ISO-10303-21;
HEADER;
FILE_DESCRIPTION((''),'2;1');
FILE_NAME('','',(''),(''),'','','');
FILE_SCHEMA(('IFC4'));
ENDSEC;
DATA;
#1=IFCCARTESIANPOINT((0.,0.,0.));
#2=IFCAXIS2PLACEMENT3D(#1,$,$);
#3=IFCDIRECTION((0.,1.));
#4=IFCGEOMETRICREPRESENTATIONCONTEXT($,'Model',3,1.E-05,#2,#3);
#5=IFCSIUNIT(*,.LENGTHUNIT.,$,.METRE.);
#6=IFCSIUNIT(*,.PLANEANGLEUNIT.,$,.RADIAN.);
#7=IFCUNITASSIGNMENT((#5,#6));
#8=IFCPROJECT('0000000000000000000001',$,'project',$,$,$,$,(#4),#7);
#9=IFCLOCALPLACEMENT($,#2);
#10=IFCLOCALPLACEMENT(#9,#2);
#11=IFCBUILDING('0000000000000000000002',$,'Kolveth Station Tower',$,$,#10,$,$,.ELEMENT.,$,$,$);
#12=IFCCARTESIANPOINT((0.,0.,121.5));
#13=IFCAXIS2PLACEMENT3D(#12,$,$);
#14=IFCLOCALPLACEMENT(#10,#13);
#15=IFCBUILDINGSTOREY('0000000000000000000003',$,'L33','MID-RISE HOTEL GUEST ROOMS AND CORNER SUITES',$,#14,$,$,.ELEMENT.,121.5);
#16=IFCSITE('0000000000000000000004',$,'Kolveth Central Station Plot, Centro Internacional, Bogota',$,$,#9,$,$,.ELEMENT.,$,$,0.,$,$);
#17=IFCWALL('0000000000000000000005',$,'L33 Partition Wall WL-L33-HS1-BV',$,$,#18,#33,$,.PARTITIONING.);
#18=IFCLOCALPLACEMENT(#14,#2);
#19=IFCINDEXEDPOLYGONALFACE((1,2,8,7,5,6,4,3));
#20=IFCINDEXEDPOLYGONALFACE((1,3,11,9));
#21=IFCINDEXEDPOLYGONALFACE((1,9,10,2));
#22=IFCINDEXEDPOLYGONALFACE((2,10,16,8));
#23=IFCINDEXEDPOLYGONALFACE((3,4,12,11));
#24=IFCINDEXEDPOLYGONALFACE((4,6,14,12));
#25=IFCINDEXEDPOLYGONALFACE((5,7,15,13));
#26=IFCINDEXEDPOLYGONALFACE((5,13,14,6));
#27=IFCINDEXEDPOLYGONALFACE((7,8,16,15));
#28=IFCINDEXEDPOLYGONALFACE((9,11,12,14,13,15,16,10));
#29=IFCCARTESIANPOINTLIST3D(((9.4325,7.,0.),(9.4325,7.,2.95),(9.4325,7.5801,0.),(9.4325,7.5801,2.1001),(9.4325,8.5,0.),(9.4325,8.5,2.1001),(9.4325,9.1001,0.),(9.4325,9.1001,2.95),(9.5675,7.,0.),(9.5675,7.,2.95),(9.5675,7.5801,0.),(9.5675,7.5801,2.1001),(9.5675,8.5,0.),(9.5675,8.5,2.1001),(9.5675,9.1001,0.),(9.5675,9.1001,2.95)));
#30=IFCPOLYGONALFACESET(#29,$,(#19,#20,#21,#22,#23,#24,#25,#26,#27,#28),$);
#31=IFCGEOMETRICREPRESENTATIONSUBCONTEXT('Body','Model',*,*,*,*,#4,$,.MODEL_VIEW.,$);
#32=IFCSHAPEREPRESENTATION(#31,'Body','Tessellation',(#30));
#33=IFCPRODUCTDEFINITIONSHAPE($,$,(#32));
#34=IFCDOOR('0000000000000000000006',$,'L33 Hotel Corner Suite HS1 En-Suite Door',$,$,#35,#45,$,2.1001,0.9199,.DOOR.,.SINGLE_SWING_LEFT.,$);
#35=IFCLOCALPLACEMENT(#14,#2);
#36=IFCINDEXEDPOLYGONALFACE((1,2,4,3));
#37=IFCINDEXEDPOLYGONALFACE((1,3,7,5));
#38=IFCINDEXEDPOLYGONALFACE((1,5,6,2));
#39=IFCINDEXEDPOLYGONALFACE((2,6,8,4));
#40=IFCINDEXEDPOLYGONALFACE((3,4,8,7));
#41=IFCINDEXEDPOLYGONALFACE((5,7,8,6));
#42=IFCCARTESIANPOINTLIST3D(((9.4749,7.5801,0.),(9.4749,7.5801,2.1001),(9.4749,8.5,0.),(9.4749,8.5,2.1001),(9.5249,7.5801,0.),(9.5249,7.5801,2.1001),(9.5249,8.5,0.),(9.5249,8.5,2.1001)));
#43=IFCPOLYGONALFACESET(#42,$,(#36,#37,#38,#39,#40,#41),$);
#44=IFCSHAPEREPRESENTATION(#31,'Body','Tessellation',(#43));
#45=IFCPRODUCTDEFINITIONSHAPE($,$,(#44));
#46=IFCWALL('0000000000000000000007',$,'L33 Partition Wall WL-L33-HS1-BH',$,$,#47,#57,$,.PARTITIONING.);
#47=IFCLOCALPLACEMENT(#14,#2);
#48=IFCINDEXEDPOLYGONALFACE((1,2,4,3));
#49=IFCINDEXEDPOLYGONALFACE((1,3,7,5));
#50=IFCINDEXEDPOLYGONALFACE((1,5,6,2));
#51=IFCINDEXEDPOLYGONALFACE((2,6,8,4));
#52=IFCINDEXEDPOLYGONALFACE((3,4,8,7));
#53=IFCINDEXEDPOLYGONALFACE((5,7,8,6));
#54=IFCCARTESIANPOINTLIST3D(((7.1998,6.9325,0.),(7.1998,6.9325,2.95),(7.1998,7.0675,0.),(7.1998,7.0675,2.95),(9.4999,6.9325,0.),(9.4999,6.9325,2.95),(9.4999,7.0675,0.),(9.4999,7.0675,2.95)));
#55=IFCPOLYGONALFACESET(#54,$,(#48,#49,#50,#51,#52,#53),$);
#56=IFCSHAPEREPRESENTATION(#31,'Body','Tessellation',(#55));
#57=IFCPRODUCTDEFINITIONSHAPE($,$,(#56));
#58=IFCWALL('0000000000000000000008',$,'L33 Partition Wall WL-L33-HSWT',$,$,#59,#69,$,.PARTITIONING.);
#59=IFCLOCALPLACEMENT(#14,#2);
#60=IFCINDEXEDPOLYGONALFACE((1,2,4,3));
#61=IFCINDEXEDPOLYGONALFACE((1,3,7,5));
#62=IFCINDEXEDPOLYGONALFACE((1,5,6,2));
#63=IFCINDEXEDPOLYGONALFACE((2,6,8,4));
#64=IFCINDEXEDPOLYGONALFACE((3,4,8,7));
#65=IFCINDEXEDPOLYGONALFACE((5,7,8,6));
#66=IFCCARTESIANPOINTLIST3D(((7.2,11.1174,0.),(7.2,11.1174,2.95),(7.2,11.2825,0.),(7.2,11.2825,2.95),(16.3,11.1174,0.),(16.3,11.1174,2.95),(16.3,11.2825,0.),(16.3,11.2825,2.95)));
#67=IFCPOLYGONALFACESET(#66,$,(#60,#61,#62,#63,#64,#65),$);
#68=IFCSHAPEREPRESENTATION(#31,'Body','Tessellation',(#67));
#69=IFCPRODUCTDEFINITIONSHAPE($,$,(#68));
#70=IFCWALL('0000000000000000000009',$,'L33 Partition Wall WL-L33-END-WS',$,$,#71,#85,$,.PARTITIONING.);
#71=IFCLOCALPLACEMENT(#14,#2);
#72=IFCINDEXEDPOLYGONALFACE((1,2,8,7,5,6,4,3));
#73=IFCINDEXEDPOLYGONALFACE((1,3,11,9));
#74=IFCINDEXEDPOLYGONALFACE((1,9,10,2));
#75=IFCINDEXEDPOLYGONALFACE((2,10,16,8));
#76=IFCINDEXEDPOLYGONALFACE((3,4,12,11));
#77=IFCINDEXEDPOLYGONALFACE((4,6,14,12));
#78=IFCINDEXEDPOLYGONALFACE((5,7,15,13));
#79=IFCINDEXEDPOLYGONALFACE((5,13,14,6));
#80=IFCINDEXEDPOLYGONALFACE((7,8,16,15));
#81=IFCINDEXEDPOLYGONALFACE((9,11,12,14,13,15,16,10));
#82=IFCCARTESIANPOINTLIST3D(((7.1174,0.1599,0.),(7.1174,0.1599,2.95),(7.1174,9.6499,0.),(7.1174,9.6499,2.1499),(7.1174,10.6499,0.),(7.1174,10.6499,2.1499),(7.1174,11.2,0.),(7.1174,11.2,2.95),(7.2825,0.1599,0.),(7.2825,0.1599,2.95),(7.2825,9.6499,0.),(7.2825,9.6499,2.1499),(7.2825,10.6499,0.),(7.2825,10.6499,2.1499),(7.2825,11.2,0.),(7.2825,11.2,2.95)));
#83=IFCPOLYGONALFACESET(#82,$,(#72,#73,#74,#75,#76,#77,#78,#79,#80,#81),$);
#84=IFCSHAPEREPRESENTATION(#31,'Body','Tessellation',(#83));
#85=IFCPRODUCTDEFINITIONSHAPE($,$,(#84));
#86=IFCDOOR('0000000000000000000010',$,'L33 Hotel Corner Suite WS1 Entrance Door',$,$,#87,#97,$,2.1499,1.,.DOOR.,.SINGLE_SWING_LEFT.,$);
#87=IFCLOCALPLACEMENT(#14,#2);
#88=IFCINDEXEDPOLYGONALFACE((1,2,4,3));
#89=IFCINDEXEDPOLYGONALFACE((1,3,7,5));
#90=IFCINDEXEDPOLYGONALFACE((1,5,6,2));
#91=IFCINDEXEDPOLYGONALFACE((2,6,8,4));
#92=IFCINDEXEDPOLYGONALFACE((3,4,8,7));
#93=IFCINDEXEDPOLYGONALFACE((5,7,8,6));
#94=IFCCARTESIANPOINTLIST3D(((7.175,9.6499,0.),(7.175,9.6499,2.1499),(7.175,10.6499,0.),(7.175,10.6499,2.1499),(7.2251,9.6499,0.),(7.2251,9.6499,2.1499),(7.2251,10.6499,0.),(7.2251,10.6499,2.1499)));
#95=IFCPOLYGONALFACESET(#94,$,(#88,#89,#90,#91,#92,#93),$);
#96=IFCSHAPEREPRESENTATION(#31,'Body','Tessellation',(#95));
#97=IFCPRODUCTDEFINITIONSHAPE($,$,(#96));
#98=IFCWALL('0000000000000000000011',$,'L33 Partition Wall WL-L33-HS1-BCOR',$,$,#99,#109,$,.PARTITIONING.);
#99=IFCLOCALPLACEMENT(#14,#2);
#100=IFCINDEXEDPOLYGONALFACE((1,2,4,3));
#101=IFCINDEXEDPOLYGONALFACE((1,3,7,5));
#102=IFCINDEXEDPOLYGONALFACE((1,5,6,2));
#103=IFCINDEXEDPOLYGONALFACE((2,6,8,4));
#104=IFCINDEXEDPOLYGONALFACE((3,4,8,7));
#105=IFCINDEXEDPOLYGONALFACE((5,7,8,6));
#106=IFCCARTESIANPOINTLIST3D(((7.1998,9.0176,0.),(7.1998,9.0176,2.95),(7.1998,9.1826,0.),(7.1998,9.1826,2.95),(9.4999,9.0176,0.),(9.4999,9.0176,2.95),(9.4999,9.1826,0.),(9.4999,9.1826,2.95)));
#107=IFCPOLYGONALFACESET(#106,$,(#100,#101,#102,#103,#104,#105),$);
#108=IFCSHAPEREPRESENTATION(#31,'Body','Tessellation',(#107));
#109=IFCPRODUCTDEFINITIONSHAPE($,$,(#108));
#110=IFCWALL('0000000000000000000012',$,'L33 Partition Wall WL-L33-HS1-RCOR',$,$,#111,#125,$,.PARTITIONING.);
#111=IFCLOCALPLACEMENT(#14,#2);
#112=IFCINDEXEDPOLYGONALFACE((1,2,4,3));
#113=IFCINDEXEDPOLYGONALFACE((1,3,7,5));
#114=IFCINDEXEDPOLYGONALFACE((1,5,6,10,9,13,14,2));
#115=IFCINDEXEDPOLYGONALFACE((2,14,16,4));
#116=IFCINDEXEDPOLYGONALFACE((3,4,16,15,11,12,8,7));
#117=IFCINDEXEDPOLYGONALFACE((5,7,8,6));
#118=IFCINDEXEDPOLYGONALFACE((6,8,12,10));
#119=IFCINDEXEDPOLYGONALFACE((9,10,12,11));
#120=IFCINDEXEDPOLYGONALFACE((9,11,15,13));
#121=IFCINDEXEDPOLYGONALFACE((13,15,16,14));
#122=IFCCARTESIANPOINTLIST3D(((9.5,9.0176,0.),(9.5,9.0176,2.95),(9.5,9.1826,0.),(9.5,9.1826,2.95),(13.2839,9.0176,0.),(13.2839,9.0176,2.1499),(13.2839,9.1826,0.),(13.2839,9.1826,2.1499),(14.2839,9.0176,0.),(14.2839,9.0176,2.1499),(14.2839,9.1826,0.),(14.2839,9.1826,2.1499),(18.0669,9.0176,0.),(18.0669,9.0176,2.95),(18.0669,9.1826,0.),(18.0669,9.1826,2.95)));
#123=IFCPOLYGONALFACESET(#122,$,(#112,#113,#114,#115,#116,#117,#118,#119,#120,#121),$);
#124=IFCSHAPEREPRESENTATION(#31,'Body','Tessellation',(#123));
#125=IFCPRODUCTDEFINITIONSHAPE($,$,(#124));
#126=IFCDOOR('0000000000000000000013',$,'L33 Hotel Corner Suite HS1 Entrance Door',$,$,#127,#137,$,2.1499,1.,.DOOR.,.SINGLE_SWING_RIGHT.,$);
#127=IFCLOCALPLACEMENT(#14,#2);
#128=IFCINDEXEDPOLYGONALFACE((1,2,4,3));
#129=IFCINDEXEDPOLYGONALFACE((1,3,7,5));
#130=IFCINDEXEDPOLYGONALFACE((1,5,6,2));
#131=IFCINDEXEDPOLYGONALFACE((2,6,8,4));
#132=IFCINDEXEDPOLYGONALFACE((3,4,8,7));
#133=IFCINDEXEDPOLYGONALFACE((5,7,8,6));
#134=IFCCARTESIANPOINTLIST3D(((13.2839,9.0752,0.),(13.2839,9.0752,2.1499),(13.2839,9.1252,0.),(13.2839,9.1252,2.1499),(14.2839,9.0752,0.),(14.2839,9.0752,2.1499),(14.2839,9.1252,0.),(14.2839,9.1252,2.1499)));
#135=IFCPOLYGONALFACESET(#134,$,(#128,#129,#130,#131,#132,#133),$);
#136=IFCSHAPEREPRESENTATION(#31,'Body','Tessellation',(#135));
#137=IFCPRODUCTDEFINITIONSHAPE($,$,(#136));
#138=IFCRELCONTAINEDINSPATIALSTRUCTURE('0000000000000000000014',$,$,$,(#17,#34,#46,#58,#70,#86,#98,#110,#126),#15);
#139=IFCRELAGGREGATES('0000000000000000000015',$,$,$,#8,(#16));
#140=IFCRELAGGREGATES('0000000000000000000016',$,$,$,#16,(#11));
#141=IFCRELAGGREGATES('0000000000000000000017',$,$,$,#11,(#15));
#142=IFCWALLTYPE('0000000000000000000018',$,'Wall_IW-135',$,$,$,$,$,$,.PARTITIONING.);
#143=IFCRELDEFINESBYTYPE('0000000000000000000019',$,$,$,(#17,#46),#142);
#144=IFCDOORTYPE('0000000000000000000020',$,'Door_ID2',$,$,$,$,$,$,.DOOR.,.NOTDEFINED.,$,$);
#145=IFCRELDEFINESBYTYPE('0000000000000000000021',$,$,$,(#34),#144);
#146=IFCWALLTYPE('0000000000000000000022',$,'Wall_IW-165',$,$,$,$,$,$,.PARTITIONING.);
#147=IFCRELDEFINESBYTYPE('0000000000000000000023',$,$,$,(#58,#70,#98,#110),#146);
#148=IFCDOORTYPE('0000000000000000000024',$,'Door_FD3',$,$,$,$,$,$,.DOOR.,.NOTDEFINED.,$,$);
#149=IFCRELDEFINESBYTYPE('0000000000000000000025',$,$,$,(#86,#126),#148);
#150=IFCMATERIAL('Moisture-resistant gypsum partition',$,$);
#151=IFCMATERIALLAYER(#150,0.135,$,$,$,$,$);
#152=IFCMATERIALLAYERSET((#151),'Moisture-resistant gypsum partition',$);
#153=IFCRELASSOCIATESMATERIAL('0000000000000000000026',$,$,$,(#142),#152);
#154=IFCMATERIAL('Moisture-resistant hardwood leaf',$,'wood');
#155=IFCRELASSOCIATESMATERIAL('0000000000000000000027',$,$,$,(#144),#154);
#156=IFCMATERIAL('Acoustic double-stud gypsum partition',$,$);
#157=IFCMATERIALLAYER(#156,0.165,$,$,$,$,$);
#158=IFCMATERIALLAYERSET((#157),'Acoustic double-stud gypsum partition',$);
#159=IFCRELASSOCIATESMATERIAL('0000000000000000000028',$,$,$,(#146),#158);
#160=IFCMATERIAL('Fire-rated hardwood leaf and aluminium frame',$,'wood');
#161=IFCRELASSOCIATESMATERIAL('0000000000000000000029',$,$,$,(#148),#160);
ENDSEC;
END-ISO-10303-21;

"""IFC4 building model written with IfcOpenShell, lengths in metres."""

from ifc_helpers import new_model, si_unit, direction, frame, frame_2d, origin, place, context, subcontext, project, spatial, rectangle, extrude, material, layer, layer_set, type_object, element, fill, save


model = new_model("IFC4")

# Units and contexts
model_context = context("Model", 3, precision=1e-05, world=origin(), true_north=direction((0.0, 1.0)))
body_context = subcontext(model_context, "Body", "Model", "MODEL_VIEW")
ifc_project = project(units=[si_unit("LENGTHUNIT", "METRE"), si_unit("PLANEANGLEUNIT", "RADIAN")], contexts=[model_context])

# Site, building, storey
site_placement = place(None, origin())
site = spatial("IfcSite", under=ifc_project, at=site_placement, Name="Kolveth Central Station Plot, Centro Internacional, Bogota", CompositionType="ELEMENT", RefElevation=0.0)
building_placement = place(site_placement, origin())
building = spatial("IfcBuilding", under=site, at=building_placement, Name="Kolveth Station Tower", CompositionType="ELEMENT")
storey_placement = place(building_placement, frame((0.0, 0.0, 121.5)))
storey = spatial("IfcBuildingStorey", under=building, at=storey_placement, Name="L33", Description="MID-RISE HOTEL GUEST ROOMS AND CORNER SUITES", CompositionType="ELEMENT", Elevation=121.5)

# Wall, opening, door
ifc_material_1 = material(Name="Moisture-resistant gypsum partition")
ifc_layer_1 = layer(ifc_material_1, 0.135)
ifc_layer_set_1 = layer_set([ifc_layer_1], Name="Moisture-resistant gypsum partition")
wall_type_1 = type_object("IfcWallType", Name="Wall_IW-135", PredefinedType="PARTITIONING", material=ifc_layer_set_1)
wall_1_placement = place(storey_placement, frame((9.5, 7.0, 0.0), z_axis=(0.0, 0.0, 1.0), x_axis=(0.0, 1.0, 0.0)))
wall_1 = element("IfcWall", 1, at=wall_1_placement, inside=storey, type_object=wall_type_1, Name="L33 Partition Wall WL-L33-HS1-BV", PredefinedType="PARTITIONING", context=body_context, shape_type="SweptSolid", body=[
    extrude(rectangle(XDim=2.1001, YDim=0.135, at=frame_2d((1.05, 0.0))), origin(), (0.0, 0.0, 1.0), 2.95),
])
opening_1_placement = place(wall_1_placement, frame((0.5801, 0.0, 0.0)))
opening_1 = element("IfcOpeningElement", 2, at=opening_1_placement, cuts=wall_1, PredefinedType="OPENING", context=body_context, shape_type="SweptSolid", body=[
    extrude(rectangle(XDim=0.9199, YDim=2.1001, at=frame_2d((0.46, 1.05))), frame((0.0, 0.0774, 0.0), z_axis=(0.0, -1.0, 0.0), x_axis=(1.0, 0.0, 0.0)), (0.0, 0.0, 1.0), 0.155),
])
ifc_material_2 = material(Name="Moisture-resistant hardwood leaf", Category="wood")
door_type_1 = type_object("IfcDoorType", Name="Door_ID2", OperationType="NOTDEFINED", PredefinedType="DOOR", material=ifc_material_2)
door_1_placement = place(opening_1_placement, frame((0.9199, 0.0, 0.0), z_axis=(0.0, 0.0, 1.0), x_axis=(-1.0, 0.0, 0.0)))
door_1 = element("IfcDoor", 3, at=door_1_placement, inside=storey, type_object=door_type_1, Name="L33 Hotel Corner Suite HS1 En-Suite Door", OperationType="SINGLE_SWING_LEFT", OverallHeight=2.1001, OverallWidth=0.9199, PredefinedType="DOOR", context=body_context, shape_type="SweptSolid", body=[
    extrude(rectangle(XDim=0.9199, YDim=2.1001, at=frame_2d((0.46, 1.05))), frame((0.0, 0.0249, 0.0), z_axis=(0.0, -1.0, 0.0), x_axis=(1.0, 0.0, 0.0)), (0.0, 0.0, 1.0), 0.05),
])
fill(opening_1, door_1)

# Walls
wall_2_placement = place(storey_placement, frame((7.2, 7.0, 0.0), z_axis=(0.0, 0.0, 1.0), x_axis=(1.0, 0.0, 0.0)))
element("IfcWall", 4, at=wall_2_placement, inside=storey, type_object=wall_type_1, Name="L33 Partition Wall WL-L33-HS1-BH", PredefinedType="PARTITIONING", context=body_context, shape_type="SweptSolid", body=[
    extrude(rectangle(XDim=2.3, YDim=0.135, at=frame_2d((1.1499, 0.0))), origin(), (0.0, 0.0, 1.0), 2.95),
])
ifc_material_3 = material(Name="Acoustic double-stud gypsum partition")
ifc_layer_2 = layer(ifc_material_3, 0.165)
ifc_layer_set_2 = layer_set([ifc_layer_2], Name="Acoustic double-stud gypsum partition")
wall_type_2 = type_object("IfcWallType", Name="Wall_IW-165", PredefinedType="PARTITIONING", material=ifc_layer_set_2)
wall_3_placement = place(storey_placement, frame((7.2, 11.2, 0.0), z_axis=(0.0, 0.0, 1.0), x_axis=(1.0, 0.0, 0.0)))
element("IfcWall", 5, at=wall_3_placement, inside=storey, type_object=wall_type_2, Name="L33 Partition Wall WL-L33-HSWT", PredefinedType="PARTITIONING", context=body_context, shape_type="SweptSolid", body=[
    extrude(rectangle(XDim=9.1001, YDim=0.165, at=frame_2d((4.55, 0.0))), origin(), (0.0, 0.0, 1.0), 2.95),
])

# Wall, opening, door
wall_4_placement = place(storey_placement, frame((7.2, 0.1599, 0.0), z_axis=(0.0, 0.0, 1.0), x_axis=(0.0, 1.0, 0.0)))
wall_4 = element("IfcWall", 6, at=wall_4_placement, inside=storey, type_object=wall_type_2, Name="L33 Partition Wall WL-L33-END-WS", PredefinedType="PARTITIONING", context=body_context, shape_type="SweptSolid", body=[
    extrude(rectangle(XDim=11.04, YDim=0.165, at=frame_2d((5.52, 0.0))), origin(), (0.0, 0.0, 1.0), 2.95),
])
opening_2_placement = place(wall_4_placement, frame((9.49, 0.0, 0.0)))
opening_2 = element("IfcOpeningElement", 7, at=opening_2_placement, cuts=wall_4, PredefinedType="OPENING", context=body_context, shape_type="SweptSolid", body=[
    extrude(rectangle(XDim=1.0, YDim=2.1499, at=frame_2d((0.5, 1.075))), frame((0.0, 0.0925, 0.0), z_axis=(0.0, -1.0, 0.0), x_axis=(1.0, 0.0, 0.0)), (0.0, 0.0, 1.0), 0.1851),
])
ifc_material_4 = material(Name="Fire-rated hardwood leaf and aluminium frame", Category="wood")
door_type_2 = type_object("IfcDoorType", Name="Door_FD3", OperationType="NOTDEFINED", PredefinedType="DOOR", material=ifc_material_4)
door_2_placement = place(opening_2_placement, origin())
door_2 = element("IfcDoor", 8, at=door_2_placement, inside=storey, type_object=door_type_2, Name="L33 Hotel Corner Suite WS1 Entrance Door", OperationType="SINGLE_SWING_LEFT", OverallHeight=2.1499, OverallWidth=1.0, PredefinedType="DOOR", context=body_context, shape_type="SweptSolid", body=[
    extrude(rectangle(XDim=1.0, YDim=2.1499, at=frame_2d((0.5, 1.075))), frame((0.0, 0.0249, 0.0), z_axis=(0.0, -1.0, 0.0), x_axis=(1.0, 0.0, 0.0)), (0.0, 0.0, 1.0), 0.05),
])
fill(opening_2, door_2)

# Wall
wall_5_placement = place(storey_placement, frame((7.2, 9.1001, 0.0), z_axis=(0.0, 0.0, 1.0), x_axis=(1.0, 0.0, 0.0)))
element("IfcWall", 9, at=wall_5_placement, inside=storey, type_object=wall_type_2, Name="L33 Partition Wall WL-L33-HS1-BCOR", PredefinedType="PARTITIONING", context=body_context, shape_type="SweptSolid", body=[
    extrude(rectangle(XDim=2.3, YDim=0.165, at=frame_2d((1.1499, 0.0))), origin(), (0.0, 0.0, 1.0), 2.95),
])

# Wall, opening, door
wall_6_placement = place(storey_placement, frame((9.5, 9.1001, 0.0), z_axis=(0.0, 0.0, 1.0), x_axis=(1.0, 0.0, 0.0)))
wall_6 = element("IfcWall", 10, at=wall_6_placement, inside=storey, type_object=wall_type_2, Name="L33 Partition Wall WL-L33-HS1-RCOR", PredefinedType="PARTITIONING", context=body_context, shape_type="SweptSolid", body=[
    extrude(rectangle(XDim=8.5669, YDim=0.165, at=frame_2d((4.2834, 0.0))), origin(), (0.0, 0.0, 1.0), 2.95),
])
opening_3_placement = place(wall_6_placement, frame((3.7839, 0.0, 0.0)))
opening_3 = element("IfcOpeningElement", 11, at=opening_3_placement, cuts=wall_6, PredefinedType="OPENING", context=body_context, shape_type="SweptSolid", body=[
    extrude(rectangle(XDim=1.0, YDim=2.1499, at=frame_2d((0.5, 1.075))), frame((0.0, 0.0925, 0.0), z_axis=(0.0, -1.0, 0.0), x_axis=(1.0, 0.0, 0.0)), (0.0, 0.0, 1.0), 0.1851),
])
door_3_placement = place(opening_3_placement, frame((1.0, 0.0, 0.0), z_axis=(0.0, 0.0, 1.0), x_axis=(-1.0, 0.0, 0.0)))
door_3 = element("IfcDoor", 12, at=door_3_placement, inside=storey, type_object=door_type_2, Name="L33 Hotel Corner Suite HS1 Entrance Door", OperationType="SINGLE_SWING_RIGHT", OverallHeight=2.1499, OverallWidth=1.0, PredefinedType="DOOR", context=body_context, shape_type="SweptSolid", body=[
    extrude(rectangle(XDim=1.0, YDim=2.1499, at=frame_2d((0.5, 1.075))), frame((0.0, 0.0249, 0.0), z_axis=(0.0, -1.0, 0.0), x_axis=(1.0, 0.0, 0.0)), (0.0, 0.0, 1.0), 0.05),
])
fill(opening_3, door_3)

save(model, "model.ifc")
